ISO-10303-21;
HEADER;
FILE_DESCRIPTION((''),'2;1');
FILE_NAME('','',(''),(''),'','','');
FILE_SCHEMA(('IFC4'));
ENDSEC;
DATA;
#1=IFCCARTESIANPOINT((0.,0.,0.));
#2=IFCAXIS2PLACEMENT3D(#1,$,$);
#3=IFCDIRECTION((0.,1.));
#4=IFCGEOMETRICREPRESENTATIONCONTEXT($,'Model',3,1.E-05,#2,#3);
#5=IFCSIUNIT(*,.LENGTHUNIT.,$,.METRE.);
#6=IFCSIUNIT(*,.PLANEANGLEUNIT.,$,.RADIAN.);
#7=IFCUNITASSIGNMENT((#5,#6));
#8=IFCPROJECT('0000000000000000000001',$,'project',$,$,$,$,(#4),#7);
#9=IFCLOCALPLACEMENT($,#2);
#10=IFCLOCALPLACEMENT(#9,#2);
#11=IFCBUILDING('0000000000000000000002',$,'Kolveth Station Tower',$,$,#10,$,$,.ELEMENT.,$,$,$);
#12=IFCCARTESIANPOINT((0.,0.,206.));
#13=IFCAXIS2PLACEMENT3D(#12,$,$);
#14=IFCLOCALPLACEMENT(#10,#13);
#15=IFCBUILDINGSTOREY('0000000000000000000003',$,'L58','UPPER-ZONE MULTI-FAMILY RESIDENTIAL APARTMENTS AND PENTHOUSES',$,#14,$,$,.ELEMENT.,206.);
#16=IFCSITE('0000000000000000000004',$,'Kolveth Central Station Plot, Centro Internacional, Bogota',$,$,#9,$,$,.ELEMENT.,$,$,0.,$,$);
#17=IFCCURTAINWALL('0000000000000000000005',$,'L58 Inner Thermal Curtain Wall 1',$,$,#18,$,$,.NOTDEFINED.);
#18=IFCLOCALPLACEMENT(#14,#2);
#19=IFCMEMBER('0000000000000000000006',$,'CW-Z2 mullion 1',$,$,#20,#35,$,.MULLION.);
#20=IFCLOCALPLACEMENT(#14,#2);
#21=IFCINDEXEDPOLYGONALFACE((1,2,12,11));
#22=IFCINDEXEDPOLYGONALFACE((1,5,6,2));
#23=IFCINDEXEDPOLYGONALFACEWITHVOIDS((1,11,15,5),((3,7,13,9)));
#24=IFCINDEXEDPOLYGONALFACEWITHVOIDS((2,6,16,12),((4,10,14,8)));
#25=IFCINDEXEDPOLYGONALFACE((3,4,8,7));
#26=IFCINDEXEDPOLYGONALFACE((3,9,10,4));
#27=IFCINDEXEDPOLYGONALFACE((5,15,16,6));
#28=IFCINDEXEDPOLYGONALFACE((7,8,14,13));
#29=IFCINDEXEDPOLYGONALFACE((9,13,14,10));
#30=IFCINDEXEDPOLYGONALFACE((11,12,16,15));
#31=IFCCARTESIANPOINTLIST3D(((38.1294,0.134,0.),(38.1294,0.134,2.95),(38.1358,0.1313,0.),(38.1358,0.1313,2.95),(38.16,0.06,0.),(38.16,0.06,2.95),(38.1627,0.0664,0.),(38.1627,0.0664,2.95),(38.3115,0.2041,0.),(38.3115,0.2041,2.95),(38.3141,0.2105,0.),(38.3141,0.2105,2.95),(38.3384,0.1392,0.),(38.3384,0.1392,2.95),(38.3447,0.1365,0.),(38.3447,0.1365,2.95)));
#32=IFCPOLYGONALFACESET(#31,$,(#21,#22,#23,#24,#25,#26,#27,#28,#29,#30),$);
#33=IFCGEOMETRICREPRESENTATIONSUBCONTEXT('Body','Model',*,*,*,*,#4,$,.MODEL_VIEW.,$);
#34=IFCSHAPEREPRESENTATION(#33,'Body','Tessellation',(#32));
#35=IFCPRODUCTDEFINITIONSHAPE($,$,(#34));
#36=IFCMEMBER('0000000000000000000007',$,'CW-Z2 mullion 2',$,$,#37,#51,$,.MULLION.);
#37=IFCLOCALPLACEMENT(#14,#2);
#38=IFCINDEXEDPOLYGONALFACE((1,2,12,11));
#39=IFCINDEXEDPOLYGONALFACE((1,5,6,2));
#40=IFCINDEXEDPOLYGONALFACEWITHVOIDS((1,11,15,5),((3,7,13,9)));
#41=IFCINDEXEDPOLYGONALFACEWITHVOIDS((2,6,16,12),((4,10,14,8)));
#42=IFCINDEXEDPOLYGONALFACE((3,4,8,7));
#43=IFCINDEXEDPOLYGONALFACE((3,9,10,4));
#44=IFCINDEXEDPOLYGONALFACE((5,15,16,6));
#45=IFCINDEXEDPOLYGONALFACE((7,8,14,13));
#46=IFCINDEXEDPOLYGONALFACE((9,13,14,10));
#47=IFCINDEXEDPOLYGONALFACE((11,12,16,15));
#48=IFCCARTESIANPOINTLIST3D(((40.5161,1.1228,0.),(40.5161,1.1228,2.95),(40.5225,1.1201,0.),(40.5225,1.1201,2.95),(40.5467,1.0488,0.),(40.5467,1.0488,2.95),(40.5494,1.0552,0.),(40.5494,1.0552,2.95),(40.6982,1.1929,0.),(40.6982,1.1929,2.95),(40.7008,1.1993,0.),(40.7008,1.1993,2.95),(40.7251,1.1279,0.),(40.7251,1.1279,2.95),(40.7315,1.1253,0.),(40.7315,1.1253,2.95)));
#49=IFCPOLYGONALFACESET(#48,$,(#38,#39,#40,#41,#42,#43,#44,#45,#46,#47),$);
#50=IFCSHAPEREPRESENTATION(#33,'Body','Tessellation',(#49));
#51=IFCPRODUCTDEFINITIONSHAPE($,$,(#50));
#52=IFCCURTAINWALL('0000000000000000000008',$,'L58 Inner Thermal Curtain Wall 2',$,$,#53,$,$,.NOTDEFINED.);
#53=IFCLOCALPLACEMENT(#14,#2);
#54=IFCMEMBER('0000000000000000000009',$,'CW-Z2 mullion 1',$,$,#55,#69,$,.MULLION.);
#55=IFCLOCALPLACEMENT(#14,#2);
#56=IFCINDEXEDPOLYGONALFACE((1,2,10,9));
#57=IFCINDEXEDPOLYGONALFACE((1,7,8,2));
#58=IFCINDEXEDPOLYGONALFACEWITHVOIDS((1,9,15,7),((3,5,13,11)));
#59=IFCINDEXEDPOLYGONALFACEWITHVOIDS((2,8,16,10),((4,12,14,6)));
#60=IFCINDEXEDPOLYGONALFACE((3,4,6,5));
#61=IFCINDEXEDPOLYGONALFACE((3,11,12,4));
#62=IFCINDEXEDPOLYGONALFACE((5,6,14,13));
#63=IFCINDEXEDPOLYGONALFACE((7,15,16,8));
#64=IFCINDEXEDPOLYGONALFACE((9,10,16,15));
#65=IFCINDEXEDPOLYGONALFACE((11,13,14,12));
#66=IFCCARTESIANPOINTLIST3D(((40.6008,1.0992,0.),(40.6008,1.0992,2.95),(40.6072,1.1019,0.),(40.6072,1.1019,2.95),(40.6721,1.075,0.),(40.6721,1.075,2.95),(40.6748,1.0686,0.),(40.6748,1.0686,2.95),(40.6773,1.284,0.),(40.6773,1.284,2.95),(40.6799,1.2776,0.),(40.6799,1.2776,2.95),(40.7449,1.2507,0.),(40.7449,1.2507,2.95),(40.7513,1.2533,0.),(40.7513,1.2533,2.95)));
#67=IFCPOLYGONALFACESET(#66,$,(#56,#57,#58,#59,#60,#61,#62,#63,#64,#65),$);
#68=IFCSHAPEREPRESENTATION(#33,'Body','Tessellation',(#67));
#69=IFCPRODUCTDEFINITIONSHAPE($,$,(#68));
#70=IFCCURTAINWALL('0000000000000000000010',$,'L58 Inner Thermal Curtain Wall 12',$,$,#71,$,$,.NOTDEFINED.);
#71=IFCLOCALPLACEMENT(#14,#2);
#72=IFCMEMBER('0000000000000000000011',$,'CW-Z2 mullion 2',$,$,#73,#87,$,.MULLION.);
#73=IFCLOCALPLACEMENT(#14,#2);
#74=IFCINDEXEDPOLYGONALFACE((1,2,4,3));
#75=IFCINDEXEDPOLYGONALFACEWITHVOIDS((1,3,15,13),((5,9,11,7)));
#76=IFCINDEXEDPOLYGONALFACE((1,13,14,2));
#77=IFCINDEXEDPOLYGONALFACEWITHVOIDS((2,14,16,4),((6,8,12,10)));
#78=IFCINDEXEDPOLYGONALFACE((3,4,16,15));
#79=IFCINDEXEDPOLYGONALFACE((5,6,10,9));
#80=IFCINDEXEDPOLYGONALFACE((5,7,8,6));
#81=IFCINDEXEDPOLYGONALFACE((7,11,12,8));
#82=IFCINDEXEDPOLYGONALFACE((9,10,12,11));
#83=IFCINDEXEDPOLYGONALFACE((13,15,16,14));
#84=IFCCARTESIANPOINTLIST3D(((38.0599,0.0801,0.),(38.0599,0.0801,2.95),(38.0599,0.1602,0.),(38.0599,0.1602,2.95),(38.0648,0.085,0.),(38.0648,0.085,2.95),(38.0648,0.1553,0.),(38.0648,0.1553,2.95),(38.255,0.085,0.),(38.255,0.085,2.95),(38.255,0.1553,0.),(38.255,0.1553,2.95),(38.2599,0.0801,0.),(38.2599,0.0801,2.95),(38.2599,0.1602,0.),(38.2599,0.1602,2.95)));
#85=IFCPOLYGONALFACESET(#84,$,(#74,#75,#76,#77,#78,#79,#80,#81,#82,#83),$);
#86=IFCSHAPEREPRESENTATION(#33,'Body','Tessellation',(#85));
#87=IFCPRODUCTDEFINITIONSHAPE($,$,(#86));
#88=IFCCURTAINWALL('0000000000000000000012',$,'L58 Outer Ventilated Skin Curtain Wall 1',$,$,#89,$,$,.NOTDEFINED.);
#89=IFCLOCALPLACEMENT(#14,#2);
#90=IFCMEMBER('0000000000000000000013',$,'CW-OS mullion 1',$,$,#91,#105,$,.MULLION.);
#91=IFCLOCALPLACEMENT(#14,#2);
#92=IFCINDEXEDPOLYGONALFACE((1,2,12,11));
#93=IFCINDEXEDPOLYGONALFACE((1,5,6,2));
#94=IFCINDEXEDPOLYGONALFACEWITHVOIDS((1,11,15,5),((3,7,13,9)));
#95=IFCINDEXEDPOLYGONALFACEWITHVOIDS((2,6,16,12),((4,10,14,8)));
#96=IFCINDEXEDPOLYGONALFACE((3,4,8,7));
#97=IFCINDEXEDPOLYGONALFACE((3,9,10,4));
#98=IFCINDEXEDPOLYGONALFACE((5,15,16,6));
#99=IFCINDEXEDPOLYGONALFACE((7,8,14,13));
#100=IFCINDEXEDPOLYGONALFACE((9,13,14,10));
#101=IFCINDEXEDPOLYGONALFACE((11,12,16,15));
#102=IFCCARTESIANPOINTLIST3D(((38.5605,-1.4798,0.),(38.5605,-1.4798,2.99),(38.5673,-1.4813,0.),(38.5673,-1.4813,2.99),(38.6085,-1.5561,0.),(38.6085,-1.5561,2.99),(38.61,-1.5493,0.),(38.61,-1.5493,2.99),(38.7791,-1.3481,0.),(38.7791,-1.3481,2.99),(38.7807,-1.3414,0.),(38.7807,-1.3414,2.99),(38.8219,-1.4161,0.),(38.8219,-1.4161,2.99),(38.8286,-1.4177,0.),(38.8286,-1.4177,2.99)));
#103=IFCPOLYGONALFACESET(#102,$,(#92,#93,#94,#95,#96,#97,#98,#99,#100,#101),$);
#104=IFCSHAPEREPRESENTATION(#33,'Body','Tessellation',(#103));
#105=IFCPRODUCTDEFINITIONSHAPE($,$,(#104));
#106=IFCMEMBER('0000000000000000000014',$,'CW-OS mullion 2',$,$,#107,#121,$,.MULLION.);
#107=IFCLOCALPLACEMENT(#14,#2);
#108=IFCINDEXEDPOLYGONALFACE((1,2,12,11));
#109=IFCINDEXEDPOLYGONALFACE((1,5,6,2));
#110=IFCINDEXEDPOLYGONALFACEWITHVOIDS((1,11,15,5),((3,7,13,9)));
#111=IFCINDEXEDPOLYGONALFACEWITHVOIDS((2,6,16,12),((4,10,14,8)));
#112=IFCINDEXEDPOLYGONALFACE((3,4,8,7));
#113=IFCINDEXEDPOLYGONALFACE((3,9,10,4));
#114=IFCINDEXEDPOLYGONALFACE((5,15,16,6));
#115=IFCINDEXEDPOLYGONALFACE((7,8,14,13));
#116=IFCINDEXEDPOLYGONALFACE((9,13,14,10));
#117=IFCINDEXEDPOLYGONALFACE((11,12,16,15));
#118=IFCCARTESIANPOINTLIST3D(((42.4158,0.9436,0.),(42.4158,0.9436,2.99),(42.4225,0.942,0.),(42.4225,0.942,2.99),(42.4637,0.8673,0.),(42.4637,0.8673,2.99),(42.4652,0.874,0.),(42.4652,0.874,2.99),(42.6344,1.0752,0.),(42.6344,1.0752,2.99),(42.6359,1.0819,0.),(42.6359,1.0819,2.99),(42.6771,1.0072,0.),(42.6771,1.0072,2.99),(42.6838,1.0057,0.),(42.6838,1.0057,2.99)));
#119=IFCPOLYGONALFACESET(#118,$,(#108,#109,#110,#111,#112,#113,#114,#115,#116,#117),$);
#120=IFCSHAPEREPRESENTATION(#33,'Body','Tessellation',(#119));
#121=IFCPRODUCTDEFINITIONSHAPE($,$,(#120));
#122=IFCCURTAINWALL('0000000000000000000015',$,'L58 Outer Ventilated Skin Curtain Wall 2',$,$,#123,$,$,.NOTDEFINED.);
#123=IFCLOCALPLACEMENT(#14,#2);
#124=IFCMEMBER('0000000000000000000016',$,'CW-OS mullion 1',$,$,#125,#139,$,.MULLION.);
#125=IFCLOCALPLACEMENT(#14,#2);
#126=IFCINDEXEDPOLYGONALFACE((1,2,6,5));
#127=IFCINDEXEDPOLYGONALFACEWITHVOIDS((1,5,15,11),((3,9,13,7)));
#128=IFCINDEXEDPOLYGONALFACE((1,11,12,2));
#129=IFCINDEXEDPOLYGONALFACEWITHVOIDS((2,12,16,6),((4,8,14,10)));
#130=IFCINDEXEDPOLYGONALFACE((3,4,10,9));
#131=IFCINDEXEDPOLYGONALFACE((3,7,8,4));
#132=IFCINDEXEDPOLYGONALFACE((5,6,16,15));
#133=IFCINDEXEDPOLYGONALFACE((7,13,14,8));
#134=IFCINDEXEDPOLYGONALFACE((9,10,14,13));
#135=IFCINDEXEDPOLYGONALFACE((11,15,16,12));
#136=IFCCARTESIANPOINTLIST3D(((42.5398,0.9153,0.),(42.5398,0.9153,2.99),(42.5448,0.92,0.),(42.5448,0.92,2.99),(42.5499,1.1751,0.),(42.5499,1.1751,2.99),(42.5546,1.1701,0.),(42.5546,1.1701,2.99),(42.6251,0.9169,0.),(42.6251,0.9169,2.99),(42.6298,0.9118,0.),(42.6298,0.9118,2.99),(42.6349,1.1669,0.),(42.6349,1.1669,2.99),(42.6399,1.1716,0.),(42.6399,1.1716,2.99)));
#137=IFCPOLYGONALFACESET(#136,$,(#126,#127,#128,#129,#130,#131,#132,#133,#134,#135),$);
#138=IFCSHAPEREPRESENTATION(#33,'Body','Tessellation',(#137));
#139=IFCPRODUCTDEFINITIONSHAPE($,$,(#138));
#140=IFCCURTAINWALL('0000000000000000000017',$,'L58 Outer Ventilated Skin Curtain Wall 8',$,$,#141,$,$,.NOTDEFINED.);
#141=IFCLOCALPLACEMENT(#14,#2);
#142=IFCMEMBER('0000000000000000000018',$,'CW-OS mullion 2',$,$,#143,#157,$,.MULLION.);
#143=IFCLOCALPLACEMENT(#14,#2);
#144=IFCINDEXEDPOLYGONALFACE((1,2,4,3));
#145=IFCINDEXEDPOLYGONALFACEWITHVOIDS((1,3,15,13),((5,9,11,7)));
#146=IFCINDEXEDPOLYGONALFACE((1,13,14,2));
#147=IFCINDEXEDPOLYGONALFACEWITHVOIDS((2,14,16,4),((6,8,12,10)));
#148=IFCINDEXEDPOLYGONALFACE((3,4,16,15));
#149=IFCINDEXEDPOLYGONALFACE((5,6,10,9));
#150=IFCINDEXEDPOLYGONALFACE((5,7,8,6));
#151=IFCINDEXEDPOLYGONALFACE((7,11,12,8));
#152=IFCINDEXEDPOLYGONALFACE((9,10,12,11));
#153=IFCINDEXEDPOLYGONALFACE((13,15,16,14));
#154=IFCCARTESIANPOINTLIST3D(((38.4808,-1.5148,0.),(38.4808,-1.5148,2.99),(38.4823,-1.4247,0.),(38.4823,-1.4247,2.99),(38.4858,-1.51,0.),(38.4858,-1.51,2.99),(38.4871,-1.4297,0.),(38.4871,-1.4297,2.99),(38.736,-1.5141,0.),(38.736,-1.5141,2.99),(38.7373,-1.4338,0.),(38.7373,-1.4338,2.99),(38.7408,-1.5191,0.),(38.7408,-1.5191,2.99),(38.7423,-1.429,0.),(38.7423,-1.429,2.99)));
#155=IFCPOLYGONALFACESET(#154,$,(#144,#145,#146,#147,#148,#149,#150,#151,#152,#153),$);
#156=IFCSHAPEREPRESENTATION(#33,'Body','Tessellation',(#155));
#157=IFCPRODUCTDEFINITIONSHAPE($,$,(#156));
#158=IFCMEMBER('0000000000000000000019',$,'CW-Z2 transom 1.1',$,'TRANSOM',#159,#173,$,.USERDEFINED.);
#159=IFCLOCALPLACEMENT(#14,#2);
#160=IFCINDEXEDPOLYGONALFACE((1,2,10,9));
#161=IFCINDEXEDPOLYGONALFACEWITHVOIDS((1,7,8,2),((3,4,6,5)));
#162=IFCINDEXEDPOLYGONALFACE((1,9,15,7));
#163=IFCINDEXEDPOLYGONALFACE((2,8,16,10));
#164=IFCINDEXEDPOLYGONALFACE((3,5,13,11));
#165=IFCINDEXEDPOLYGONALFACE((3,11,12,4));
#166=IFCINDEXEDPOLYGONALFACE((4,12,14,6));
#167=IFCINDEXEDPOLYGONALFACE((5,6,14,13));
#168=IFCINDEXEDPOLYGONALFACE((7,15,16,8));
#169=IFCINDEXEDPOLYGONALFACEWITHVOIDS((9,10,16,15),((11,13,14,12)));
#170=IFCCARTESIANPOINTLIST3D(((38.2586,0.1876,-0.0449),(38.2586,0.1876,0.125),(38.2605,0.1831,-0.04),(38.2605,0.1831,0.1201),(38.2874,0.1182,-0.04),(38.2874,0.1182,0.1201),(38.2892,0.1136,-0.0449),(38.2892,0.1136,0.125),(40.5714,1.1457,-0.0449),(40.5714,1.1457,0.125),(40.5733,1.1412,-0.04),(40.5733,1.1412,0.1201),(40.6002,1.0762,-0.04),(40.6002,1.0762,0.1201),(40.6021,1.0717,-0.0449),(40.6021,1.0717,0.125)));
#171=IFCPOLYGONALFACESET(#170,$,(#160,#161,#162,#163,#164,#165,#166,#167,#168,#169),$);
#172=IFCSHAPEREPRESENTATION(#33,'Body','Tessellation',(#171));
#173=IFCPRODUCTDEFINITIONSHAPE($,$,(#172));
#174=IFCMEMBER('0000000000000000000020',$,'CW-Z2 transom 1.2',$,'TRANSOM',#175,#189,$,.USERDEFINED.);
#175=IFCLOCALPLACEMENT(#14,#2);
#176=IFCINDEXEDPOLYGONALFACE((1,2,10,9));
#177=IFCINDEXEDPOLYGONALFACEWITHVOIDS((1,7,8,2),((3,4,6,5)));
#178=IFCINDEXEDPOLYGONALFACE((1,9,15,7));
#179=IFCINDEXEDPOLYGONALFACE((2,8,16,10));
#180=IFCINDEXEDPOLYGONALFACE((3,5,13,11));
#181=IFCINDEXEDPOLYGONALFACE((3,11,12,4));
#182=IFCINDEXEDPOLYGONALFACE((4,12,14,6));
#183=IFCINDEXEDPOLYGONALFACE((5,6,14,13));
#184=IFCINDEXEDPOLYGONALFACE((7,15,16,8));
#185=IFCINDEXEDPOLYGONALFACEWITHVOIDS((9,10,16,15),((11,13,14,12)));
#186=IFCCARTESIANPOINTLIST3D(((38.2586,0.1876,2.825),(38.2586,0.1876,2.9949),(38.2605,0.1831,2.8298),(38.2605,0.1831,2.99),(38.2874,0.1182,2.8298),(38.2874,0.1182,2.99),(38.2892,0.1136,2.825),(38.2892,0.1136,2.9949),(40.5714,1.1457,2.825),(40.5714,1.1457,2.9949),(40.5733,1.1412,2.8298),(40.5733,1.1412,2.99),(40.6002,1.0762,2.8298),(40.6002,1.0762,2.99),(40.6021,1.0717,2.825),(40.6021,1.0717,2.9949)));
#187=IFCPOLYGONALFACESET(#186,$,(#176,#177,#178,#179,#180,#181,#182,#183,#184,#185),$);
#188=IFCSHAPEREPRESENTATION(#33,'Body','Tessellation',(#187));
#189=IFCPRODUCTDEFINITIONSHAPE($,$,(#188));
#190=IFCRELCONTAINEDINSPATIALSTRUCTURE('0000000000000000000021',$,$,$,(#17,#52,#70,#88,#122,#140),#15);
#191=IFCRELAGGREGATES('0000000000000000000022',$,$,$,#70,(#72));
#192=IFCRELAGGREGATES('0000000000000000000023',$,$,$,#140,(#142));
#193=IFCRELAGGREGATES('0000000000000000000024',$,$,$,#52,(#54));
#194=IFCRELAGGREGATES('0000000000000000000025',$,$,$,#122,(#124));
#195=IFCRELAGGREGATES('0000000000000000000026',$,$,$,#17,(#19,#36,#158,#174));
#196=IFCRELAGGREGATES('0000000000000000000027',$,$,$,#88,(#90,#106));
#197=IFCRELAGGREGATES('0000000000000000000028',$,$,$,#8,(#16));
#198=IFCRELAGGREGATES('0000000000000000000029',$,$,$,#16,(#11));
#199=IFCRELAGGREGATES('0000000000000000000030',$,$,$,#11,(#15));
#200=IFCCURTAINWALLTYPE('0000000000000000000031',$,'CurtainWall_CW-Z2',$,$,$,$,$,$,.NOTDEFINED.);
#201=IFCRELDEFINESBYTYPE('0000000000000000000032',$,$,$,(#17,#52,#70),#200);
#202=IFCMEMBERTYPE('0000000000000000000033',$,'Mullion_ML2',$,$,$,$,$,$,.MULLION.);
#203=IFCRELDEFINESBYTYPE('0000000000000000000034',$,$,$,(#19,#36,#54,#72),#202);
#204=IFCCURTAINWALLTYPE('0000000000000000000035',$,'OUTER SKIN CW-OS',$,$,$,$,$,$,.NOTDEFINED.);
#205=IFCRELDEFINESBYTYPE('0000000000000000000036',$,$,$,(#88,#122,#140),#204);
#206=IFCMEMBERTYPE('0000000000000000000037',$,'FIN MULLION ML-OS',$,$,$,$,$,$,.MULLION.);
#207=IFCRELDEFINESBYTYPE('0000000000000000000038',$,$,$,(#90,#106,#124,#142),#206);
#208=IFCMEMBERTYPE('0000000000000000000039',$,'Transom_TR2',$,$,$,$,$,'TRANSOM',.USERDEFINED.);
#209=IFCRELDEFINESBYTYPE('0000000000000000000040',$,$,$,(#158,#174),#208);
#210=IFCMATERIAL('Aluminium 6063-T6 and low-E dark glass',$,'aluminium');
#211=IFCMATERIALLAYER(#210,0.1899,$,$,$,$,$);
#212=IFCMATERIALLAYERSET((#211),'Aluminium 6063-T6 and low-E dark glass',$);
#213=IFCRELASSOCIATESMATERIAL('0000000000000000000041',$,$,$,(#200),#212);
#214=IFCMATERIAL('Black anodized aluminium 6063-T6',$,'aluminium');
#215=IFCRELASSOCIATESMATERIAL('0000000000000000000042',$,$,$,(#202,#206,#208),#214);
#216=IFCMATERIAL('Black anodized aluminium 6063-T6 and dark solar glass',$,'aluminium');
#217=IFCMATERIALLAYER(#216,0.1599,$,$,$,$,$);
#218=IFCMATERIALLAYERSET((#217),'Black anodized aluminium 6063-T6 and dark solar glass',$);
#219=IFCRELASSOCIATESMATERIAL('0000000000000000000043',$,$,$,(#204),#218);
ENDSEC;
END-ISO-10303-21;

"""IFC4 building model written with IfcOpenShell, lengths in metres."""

from ifc_helpers import new_model, si_unit, direction, frame, origin, origin_2d, place, context, subcontext, project, spatial, hollow_rectangle, extrude, source, transform, mapped, material, layer, layer_set, material_profile, profile_set, type_object, element, aggregate, save


model = new_model("IFC4")

# Units and contexts
model_context = context("Model", 3, precision=1e-05, world=origin(), true_north=direction((0.0, 1.0)))
body_context = subcontext(model_context, "Body", "Model", "MODEL_VIEW")
ifc_project = project(units=[si_unit("LENGTHUNIT", "METRE"), si_unit("PLANEANGLEUNIT", "RADIAN")], contexts=[model_context])

# Site, building, storey
site_placement = place(None, origin())
site = spatial("IfcSite", under=ifc_project, at=site_placement, Name="Kolveth Central Station Plot, Centro Internacional, Bogota", CompositionType="ELEMENT", RefElevation=0.0)
building_placement = place(site_placement, origin())
building = spatial("IfcBuilding", under=site, at=building_placement, Name="Kolveth Station Tower", CompositionType="ELEMENT")
storey_placement = place(building_placement, frame((0.0, 0.0, 206.0)))
storey = spatial("IfcBuildingStorey", under=building, at=storey_placement, Name="L58", Description="UPPER-ZONE MULTI-FAMILY RESIDENTIAL APARTMENTS AND PENTHOUSES", CompositionType="ELEMENT", Elevation=206.0)

# Curtain wall, members
ifc_material_1 = material(Name="Aluminium 6063-T6 and low-E dark glass", Category="aluminium")
ifc_layer_1 = layer(ifc_material_1, 0.1899)
ifc_layer_set_1 = layer_set([ifc_layer_1], Name="Aluminium 6063-T6 and low-E dark glass")
curtain_wall_type_1 = type_object("IfcCurtainWallType", Name="CurtainWall_CW-Z2", PredefinedType="NOTDEFINED", material=ifc_layer_set_1)
curtain_wall_1_placement = place(storey_placement, origin())
curtain_wall_1 = element("IfcCurtainWall", 1, at=curtain_wall_1_placement, inside=storey, type_object=curtain_wall_type_1, Name="L58 Inner Thermal Curtain Wall 1", PredefinedType="NOTDEFINED")
ifc_material_2 = material(Name="Black anodized aluminium 6063-T6", Category="aluminium")
ifc_material_profile_1 = material_profile(ifc_material_2, hollow_rectangle(XDim=0.0801, YDim=0.2, WallThickness=0.0049, at=origin_2d()), Name="ALU-80x200x5")
ifc_profile_set_1 = profile_set([ifc_material_profile_1], Name="Black anodized aluminium 6063-T6")
member_type_1 = type_object("IfcMemberType", Name="Mullion_ML2", PredefinedType="MULLION", material=ifc_profile_set_1)
shared_shape_1 = source(origin(), body_context, "Body", "SweptSolid", [
    extrude(hollow_rectangle(XDim=0.0801, YDim=0.2, WallThickness=0.0049, at=origin_2d()), origin(), (0.0, 0.0, 1.0), 2.95),
])
member_1_placement = place(storey_placement, frame((38.2371, 0.1353, 0.0), z_axis=(0.0, 0.0, 1.0), x_axis=(-0.382698, 0.923874, 0.0)))
member_1 = element("IfcMember", 2, at=member_1_placement, type_object=member_type_1, Name="CW-Z2 mullion 1", PredefinedType="MULLION", context=body_context, shape_type="MappedRepresentation", body=[
    mapped(shared_shape_1, transform((0.0, 0.0, 0.0), x_axis=(1.0, 0.0, 0.0), y_axis=(0.0, 1.0, 0.0), z_axis=(0.0, 0.0, 1.0), scale=1.0)),
])
member_2_placement = place(storey_placement, frame((40.6238, 1.124, 0.0), z_axis=(0.0, 0.0, 1.0), x_axis=(-0.382698, 0.923874, 0.0)))
member_2 = element("IfcMember", 3, at=member_2_placement, type_object=member_type_1, Name="CW-Z2 mullion 2", PredefinedType="MULLION", context=body_context, shape_type="MappedRepresentation", body=[
    mapped(shared_shape_1, transform((0.0, 0.0, 0.0), x_axis=(1.0, 0.0, 0.0), y_axis=(0.0, 1.0, 0.0), z_axis=(0.0, 0.0, 1.0), scale=1.0)),
])

# Curtain walls, members
curtain_wall_2_placement = place(storey_placement, origin())
curtain_wall_2 = element("IfcCurtainWall", 4, at=curtain_wall_2_placement, inside=storey, type_object=curtain_wall_type_1, Name="L58 Inner Thermal Curtain Wall 2", PredefinedType="NOTDEFINED")
member_3_placement = place(storey_placement, frame((40.676, 1.1763, 0.0), z_axis=(0.0, 0.0, 1.0), x_axis=(-0.923874, 0.382698, 0.0)))
member_3 = element("IfcMember", 5, at=member_3_placement, type_object=member_type_1, Name="CW-Z2 mullion 1", PredefinedType="MULLION", context=body_context, shape_type="MappedRepresentation", body=[
    mapped(shared_shape_1, transform((0.0, 0.0, 0.0), x_axis=(1.0, 0.0, 0.0), y_axis=(0.0, 1.0, 0.0), z_axis=(0.0, 0.0, 1.0), scale=1.0)),
])
curtain_wall_3_placement = place(storey_placement, origin())
curtain_wall_3 = element("IfcCurtainWall", 6, at=curtain_wall_3_placement, inside=storey, type_object=curtain_wall_type_1, Name="L58 Inner Thermal Curtain Wall 12", PredefinedType="NOTDEFINED")
member_4_placement = place(storey_placement, frame((38.1599, 0.1201, 0.0), z_axis=(0.0, 0.0, 1.0), x_axis=(0.0, 1.0, 0.0)))
member_4 = element("IfcMember", 7, at=member_4_placement, type_object=member_type_1, Name="CW-Z2 mullion 2", PredefinedType="MULLION", context=body_context, shape_type="MappedRepresentation", body=[
    mapped(shared_shape_1, transform((0.0, 0.0, 0.0), x_axis=(1.0, 0.0, 0.0), y_axis=(0.0, 1.0, 0.0), z_axis=(0.0, 0.0, 1.0), scale=1.0)),
])
aggregate(curtain_wall_3, [member_4])

# Curtain wall, members
ifc_material_3 = material(Name="Black anodized aluminium 6063-T6 and dark solar glass", Category="aluminium")
ifc_layer_2 = layer(ifc_material_3, 0.1599)
ifc_layer_set_2 = layer_set([ifc_layer_2], Name="Black anodized aluminium 6063-T6 and dark solar glass")
curtain_wall_type_2 = type_object("IfcCurtainWallType", Name="OUTER SKIN CW-OS", PredefinedType="NOTDEFINED", material=ifc_layer_set_2)
curtain_wall_4_placement = place(storey_placement, origin())
curtain_wall_4 = element("IfcCurtainWall", 8, at=curtain_wall_4_placement, inside=storey, type_object=curtain_wall_type_2, Name="L58 Outer Ventilated Skin Curtain Wall 1", PredefinedType="NOTDEFINED")
ifc_material_profile_2 = material_profile(ifc_material_2, hollow_rectangle(XDim=0.0901, YDim=0.26, WallThickness=0.0049, at=origin_2d()), Name="ALU-90x260x5")
ifc_profile_set_2 = profile_set([ifc_material_profile_2], Name="Black anodized aluminium 6063-T6")
member_type_2 = type_object("IfcMemberType", Name="FIN MULLION ML-OS", PredefinedType="MULLION", material=ifc_profile_set_2)
shared_shape_2 = source(origin(), body_context, "Body", "SweptSolid", [
    extrude(hollow_rectangle(XDim=0.0901, YDim=0.26, WallThickness=0.0049, at=origin_2d()), origin(), (0.0, 0.0, 1.0), 2.99),
])
member_5_placement = place(storey_placement, frame((38.6946, -1.4487, 0.0), z_axis=(0.0, 0.0, 1.0), x_axis=(-0.532177, 0.846633, 0.0)))
member_5 = element("IfcMember", 9, at=member_5_placement, type_object=member_type_2, Name="CW-OS mullion 1", PredefinedType="MULLION", context=body_context, shape_type="MappedRepresentation", body=[
    mapped(shared_shape_2, transform((0.0, 0.0, 0.0), x_axis=(1.0, 0.0, 0.0), y_axis=(0.0, 1.0, 0.0), z_axis=(0.0, 0.0, 1.0), scale=1.0)),
])
member_6_placement = place(storey_placement, frame((42.5498, 0.9746, 0.0), z_axis=(0.0, 0.0, 1.0), x_axis=(-0.532177, 0.846633, 0.0)))
member_6 = element("IfcMember", 10, at=member_6_placement, type_object=member_type_2, Name="CW-OS mullion 2", PredefinedType="MULLION", context=body_context, shape_type="MappedRepresentation", body=[
    mapped(shared_shape_2, transform((0.0, 0.0, 0.0), x_axis=(1.0, 0.0, 0.0), y_axis=(0.0, 1.0, 0.0), z_axis=(0.0, 0.0, 1.0), scale=1.0)),
])

# Curtain walls, members
curtain_wall_5_placement = place(storey_placement, origin())
curtain_wall_5 = element("IfcCurtainWall", 11, at=curtain_wall_5_placement, inside=storey, type_object=curtain_wall_type_2, Name="L58 Outer Ventilated Skin Curtain Wall 2", PredefinedType="NOTDEFINED")
member_7_placement = place(storey_placement, frame((42.5898, 1.0435, 0.0), z_axis=(0.0, 0.0, 1.0), x_axis=(-0.999237, 0.039051, 0.0)))
member_7 = element("IfcMember", 12, at=member_7_placement, type_object=member_type_2, Name="CW-OS mullion 1", PredefinedType="MULLION", context=body_context, shape_type="MappedRepresentation", body=[
    mapped(shared_shape_2, transform((0.0, 0.0, 0.0), x_axis=(1.0, 0.0, 0.0), y_axis=(0.0, 1.0, 0.0), z_axis=(0.0, 0.0, 1.0), scale=1.0)),
])
curtain_wall_6_placement = place(storey_placement, origin())
curtain_wall_6 = element("IfcCurtainWall", 13, at=curtain_wall_6_placement, inside=storey, type_object=curtain_wall_type_2, Name="L58 Outer Ventilated Skin Curtain Wall 8", PredefinedType="NOTDEFINED")
member_8_placement = place(storey_placement, frame((38.6116, -1.4719, 0.0), z_axis=(0.0, 0.0, 1.0), x_axis=(0.016541, 0.999863, 0.0)))
member_8 = element("IfcMember", 14, at=member_8_placement, type_object=member_type_2, Name="CW-OS mullion 2", PredefinedType="MULLION", context=body_context, shape_type="MappedRepresentation", body=[
    mapped(shared_shape_2, transform((0.0, 0.0, 0.0), x_axis=(1.0, 0.0, 0.0), y_axis=(0.0, 1.0, 0.0), z_axis=(0.0, 0.0, 1.0), scale=1.0)),
])
aggregate(curtain_wall_6, [member_8])

# Members
ifc_material_profile_3 = material_profile(ifc_material_2, hollow_rectangle(XDim=0.0801, YDim=0.1699, WallThickness=0.0049, at=origin_2d()), Name="ALU-80x170x5")
ifc_profile_set_3 = profile_set([ifc_material_profile_3], Name="Black anodized aluminium 6063-T6")
member_type_3 = type_object("IfcMemberType", Name="Transom_TR2", ElementType="TRANSOM", PredefinedType="USERDEFINED", material=ifc_profile_set_3)
shared_shape_3 = source(origin(), body_context, "Body", "SweptSolid", [
    extrude(hollow_rectangle(XDim=0.0801, YDim=0.1699, WallThickness=0.0049, at=origin_2d()), origin(), (0.0, 0.0, 1.0), 2.5034),
])
member_9_placement = place(storey_placement, frame((38.2739, 0.1506, 0.04), z_axis=(0.923874, 0.382696, 0.0), x_axis=(-0.382696, 0.923874, 0.0)))
member_9 = element("IfcMember", 15, at=member_9_placement, type_object=member_type_3, Name="CW-Z2 transom 1.1", ObjectType="TRANSOM", PredefinedType="USERDEFINED", context=body_context, shape_type="MappedRepresentation", body=[
    mapped(shared_shape_3, transform((0.0, 0.0, 0.0), x_axis=(1.0, 0.0, 0.0), y_axis=(0.0, 1.0, 0.0), z_axis=(0.0, 0.0, 1.0), scale=1.0)),
])
member_10_placement = place(storey_placement, frame((38.2739, 0.1506, 2.9099), z_axis=(0.923874, 0.382696, 0.0), x_axis=(-0.382696, 0.923874, 0.0)))
member_10 = element("IfcMember", 16, at=member_10_placement, type_object=member_type_3, Name="CW-Z2 transom 1.2", ObjectType="TRANSOM", PredefinedType="USERDEFINED", context=body_context, shape_type="MappedRepresentation", body=[
    mapped(shared_shape_3, transform((0.0, 0.0, 0.0), x_axis=(1.0, 0.0, 0.0), y_axis=(0.0, 1.0, 0.0), z_axis=(0.0, 0.0, 1.0), scale=1.0)),
])
aggregate(curtain_wall_2, [member_3])
aggregate(curtain_wall_5, [member_7])

aggregate(curtain_wall_1, [member_1, member_2, member_9, member_10])
aggregate(curtain_wall_4, [member_5, member_6])

save(model, "model.ifc")
